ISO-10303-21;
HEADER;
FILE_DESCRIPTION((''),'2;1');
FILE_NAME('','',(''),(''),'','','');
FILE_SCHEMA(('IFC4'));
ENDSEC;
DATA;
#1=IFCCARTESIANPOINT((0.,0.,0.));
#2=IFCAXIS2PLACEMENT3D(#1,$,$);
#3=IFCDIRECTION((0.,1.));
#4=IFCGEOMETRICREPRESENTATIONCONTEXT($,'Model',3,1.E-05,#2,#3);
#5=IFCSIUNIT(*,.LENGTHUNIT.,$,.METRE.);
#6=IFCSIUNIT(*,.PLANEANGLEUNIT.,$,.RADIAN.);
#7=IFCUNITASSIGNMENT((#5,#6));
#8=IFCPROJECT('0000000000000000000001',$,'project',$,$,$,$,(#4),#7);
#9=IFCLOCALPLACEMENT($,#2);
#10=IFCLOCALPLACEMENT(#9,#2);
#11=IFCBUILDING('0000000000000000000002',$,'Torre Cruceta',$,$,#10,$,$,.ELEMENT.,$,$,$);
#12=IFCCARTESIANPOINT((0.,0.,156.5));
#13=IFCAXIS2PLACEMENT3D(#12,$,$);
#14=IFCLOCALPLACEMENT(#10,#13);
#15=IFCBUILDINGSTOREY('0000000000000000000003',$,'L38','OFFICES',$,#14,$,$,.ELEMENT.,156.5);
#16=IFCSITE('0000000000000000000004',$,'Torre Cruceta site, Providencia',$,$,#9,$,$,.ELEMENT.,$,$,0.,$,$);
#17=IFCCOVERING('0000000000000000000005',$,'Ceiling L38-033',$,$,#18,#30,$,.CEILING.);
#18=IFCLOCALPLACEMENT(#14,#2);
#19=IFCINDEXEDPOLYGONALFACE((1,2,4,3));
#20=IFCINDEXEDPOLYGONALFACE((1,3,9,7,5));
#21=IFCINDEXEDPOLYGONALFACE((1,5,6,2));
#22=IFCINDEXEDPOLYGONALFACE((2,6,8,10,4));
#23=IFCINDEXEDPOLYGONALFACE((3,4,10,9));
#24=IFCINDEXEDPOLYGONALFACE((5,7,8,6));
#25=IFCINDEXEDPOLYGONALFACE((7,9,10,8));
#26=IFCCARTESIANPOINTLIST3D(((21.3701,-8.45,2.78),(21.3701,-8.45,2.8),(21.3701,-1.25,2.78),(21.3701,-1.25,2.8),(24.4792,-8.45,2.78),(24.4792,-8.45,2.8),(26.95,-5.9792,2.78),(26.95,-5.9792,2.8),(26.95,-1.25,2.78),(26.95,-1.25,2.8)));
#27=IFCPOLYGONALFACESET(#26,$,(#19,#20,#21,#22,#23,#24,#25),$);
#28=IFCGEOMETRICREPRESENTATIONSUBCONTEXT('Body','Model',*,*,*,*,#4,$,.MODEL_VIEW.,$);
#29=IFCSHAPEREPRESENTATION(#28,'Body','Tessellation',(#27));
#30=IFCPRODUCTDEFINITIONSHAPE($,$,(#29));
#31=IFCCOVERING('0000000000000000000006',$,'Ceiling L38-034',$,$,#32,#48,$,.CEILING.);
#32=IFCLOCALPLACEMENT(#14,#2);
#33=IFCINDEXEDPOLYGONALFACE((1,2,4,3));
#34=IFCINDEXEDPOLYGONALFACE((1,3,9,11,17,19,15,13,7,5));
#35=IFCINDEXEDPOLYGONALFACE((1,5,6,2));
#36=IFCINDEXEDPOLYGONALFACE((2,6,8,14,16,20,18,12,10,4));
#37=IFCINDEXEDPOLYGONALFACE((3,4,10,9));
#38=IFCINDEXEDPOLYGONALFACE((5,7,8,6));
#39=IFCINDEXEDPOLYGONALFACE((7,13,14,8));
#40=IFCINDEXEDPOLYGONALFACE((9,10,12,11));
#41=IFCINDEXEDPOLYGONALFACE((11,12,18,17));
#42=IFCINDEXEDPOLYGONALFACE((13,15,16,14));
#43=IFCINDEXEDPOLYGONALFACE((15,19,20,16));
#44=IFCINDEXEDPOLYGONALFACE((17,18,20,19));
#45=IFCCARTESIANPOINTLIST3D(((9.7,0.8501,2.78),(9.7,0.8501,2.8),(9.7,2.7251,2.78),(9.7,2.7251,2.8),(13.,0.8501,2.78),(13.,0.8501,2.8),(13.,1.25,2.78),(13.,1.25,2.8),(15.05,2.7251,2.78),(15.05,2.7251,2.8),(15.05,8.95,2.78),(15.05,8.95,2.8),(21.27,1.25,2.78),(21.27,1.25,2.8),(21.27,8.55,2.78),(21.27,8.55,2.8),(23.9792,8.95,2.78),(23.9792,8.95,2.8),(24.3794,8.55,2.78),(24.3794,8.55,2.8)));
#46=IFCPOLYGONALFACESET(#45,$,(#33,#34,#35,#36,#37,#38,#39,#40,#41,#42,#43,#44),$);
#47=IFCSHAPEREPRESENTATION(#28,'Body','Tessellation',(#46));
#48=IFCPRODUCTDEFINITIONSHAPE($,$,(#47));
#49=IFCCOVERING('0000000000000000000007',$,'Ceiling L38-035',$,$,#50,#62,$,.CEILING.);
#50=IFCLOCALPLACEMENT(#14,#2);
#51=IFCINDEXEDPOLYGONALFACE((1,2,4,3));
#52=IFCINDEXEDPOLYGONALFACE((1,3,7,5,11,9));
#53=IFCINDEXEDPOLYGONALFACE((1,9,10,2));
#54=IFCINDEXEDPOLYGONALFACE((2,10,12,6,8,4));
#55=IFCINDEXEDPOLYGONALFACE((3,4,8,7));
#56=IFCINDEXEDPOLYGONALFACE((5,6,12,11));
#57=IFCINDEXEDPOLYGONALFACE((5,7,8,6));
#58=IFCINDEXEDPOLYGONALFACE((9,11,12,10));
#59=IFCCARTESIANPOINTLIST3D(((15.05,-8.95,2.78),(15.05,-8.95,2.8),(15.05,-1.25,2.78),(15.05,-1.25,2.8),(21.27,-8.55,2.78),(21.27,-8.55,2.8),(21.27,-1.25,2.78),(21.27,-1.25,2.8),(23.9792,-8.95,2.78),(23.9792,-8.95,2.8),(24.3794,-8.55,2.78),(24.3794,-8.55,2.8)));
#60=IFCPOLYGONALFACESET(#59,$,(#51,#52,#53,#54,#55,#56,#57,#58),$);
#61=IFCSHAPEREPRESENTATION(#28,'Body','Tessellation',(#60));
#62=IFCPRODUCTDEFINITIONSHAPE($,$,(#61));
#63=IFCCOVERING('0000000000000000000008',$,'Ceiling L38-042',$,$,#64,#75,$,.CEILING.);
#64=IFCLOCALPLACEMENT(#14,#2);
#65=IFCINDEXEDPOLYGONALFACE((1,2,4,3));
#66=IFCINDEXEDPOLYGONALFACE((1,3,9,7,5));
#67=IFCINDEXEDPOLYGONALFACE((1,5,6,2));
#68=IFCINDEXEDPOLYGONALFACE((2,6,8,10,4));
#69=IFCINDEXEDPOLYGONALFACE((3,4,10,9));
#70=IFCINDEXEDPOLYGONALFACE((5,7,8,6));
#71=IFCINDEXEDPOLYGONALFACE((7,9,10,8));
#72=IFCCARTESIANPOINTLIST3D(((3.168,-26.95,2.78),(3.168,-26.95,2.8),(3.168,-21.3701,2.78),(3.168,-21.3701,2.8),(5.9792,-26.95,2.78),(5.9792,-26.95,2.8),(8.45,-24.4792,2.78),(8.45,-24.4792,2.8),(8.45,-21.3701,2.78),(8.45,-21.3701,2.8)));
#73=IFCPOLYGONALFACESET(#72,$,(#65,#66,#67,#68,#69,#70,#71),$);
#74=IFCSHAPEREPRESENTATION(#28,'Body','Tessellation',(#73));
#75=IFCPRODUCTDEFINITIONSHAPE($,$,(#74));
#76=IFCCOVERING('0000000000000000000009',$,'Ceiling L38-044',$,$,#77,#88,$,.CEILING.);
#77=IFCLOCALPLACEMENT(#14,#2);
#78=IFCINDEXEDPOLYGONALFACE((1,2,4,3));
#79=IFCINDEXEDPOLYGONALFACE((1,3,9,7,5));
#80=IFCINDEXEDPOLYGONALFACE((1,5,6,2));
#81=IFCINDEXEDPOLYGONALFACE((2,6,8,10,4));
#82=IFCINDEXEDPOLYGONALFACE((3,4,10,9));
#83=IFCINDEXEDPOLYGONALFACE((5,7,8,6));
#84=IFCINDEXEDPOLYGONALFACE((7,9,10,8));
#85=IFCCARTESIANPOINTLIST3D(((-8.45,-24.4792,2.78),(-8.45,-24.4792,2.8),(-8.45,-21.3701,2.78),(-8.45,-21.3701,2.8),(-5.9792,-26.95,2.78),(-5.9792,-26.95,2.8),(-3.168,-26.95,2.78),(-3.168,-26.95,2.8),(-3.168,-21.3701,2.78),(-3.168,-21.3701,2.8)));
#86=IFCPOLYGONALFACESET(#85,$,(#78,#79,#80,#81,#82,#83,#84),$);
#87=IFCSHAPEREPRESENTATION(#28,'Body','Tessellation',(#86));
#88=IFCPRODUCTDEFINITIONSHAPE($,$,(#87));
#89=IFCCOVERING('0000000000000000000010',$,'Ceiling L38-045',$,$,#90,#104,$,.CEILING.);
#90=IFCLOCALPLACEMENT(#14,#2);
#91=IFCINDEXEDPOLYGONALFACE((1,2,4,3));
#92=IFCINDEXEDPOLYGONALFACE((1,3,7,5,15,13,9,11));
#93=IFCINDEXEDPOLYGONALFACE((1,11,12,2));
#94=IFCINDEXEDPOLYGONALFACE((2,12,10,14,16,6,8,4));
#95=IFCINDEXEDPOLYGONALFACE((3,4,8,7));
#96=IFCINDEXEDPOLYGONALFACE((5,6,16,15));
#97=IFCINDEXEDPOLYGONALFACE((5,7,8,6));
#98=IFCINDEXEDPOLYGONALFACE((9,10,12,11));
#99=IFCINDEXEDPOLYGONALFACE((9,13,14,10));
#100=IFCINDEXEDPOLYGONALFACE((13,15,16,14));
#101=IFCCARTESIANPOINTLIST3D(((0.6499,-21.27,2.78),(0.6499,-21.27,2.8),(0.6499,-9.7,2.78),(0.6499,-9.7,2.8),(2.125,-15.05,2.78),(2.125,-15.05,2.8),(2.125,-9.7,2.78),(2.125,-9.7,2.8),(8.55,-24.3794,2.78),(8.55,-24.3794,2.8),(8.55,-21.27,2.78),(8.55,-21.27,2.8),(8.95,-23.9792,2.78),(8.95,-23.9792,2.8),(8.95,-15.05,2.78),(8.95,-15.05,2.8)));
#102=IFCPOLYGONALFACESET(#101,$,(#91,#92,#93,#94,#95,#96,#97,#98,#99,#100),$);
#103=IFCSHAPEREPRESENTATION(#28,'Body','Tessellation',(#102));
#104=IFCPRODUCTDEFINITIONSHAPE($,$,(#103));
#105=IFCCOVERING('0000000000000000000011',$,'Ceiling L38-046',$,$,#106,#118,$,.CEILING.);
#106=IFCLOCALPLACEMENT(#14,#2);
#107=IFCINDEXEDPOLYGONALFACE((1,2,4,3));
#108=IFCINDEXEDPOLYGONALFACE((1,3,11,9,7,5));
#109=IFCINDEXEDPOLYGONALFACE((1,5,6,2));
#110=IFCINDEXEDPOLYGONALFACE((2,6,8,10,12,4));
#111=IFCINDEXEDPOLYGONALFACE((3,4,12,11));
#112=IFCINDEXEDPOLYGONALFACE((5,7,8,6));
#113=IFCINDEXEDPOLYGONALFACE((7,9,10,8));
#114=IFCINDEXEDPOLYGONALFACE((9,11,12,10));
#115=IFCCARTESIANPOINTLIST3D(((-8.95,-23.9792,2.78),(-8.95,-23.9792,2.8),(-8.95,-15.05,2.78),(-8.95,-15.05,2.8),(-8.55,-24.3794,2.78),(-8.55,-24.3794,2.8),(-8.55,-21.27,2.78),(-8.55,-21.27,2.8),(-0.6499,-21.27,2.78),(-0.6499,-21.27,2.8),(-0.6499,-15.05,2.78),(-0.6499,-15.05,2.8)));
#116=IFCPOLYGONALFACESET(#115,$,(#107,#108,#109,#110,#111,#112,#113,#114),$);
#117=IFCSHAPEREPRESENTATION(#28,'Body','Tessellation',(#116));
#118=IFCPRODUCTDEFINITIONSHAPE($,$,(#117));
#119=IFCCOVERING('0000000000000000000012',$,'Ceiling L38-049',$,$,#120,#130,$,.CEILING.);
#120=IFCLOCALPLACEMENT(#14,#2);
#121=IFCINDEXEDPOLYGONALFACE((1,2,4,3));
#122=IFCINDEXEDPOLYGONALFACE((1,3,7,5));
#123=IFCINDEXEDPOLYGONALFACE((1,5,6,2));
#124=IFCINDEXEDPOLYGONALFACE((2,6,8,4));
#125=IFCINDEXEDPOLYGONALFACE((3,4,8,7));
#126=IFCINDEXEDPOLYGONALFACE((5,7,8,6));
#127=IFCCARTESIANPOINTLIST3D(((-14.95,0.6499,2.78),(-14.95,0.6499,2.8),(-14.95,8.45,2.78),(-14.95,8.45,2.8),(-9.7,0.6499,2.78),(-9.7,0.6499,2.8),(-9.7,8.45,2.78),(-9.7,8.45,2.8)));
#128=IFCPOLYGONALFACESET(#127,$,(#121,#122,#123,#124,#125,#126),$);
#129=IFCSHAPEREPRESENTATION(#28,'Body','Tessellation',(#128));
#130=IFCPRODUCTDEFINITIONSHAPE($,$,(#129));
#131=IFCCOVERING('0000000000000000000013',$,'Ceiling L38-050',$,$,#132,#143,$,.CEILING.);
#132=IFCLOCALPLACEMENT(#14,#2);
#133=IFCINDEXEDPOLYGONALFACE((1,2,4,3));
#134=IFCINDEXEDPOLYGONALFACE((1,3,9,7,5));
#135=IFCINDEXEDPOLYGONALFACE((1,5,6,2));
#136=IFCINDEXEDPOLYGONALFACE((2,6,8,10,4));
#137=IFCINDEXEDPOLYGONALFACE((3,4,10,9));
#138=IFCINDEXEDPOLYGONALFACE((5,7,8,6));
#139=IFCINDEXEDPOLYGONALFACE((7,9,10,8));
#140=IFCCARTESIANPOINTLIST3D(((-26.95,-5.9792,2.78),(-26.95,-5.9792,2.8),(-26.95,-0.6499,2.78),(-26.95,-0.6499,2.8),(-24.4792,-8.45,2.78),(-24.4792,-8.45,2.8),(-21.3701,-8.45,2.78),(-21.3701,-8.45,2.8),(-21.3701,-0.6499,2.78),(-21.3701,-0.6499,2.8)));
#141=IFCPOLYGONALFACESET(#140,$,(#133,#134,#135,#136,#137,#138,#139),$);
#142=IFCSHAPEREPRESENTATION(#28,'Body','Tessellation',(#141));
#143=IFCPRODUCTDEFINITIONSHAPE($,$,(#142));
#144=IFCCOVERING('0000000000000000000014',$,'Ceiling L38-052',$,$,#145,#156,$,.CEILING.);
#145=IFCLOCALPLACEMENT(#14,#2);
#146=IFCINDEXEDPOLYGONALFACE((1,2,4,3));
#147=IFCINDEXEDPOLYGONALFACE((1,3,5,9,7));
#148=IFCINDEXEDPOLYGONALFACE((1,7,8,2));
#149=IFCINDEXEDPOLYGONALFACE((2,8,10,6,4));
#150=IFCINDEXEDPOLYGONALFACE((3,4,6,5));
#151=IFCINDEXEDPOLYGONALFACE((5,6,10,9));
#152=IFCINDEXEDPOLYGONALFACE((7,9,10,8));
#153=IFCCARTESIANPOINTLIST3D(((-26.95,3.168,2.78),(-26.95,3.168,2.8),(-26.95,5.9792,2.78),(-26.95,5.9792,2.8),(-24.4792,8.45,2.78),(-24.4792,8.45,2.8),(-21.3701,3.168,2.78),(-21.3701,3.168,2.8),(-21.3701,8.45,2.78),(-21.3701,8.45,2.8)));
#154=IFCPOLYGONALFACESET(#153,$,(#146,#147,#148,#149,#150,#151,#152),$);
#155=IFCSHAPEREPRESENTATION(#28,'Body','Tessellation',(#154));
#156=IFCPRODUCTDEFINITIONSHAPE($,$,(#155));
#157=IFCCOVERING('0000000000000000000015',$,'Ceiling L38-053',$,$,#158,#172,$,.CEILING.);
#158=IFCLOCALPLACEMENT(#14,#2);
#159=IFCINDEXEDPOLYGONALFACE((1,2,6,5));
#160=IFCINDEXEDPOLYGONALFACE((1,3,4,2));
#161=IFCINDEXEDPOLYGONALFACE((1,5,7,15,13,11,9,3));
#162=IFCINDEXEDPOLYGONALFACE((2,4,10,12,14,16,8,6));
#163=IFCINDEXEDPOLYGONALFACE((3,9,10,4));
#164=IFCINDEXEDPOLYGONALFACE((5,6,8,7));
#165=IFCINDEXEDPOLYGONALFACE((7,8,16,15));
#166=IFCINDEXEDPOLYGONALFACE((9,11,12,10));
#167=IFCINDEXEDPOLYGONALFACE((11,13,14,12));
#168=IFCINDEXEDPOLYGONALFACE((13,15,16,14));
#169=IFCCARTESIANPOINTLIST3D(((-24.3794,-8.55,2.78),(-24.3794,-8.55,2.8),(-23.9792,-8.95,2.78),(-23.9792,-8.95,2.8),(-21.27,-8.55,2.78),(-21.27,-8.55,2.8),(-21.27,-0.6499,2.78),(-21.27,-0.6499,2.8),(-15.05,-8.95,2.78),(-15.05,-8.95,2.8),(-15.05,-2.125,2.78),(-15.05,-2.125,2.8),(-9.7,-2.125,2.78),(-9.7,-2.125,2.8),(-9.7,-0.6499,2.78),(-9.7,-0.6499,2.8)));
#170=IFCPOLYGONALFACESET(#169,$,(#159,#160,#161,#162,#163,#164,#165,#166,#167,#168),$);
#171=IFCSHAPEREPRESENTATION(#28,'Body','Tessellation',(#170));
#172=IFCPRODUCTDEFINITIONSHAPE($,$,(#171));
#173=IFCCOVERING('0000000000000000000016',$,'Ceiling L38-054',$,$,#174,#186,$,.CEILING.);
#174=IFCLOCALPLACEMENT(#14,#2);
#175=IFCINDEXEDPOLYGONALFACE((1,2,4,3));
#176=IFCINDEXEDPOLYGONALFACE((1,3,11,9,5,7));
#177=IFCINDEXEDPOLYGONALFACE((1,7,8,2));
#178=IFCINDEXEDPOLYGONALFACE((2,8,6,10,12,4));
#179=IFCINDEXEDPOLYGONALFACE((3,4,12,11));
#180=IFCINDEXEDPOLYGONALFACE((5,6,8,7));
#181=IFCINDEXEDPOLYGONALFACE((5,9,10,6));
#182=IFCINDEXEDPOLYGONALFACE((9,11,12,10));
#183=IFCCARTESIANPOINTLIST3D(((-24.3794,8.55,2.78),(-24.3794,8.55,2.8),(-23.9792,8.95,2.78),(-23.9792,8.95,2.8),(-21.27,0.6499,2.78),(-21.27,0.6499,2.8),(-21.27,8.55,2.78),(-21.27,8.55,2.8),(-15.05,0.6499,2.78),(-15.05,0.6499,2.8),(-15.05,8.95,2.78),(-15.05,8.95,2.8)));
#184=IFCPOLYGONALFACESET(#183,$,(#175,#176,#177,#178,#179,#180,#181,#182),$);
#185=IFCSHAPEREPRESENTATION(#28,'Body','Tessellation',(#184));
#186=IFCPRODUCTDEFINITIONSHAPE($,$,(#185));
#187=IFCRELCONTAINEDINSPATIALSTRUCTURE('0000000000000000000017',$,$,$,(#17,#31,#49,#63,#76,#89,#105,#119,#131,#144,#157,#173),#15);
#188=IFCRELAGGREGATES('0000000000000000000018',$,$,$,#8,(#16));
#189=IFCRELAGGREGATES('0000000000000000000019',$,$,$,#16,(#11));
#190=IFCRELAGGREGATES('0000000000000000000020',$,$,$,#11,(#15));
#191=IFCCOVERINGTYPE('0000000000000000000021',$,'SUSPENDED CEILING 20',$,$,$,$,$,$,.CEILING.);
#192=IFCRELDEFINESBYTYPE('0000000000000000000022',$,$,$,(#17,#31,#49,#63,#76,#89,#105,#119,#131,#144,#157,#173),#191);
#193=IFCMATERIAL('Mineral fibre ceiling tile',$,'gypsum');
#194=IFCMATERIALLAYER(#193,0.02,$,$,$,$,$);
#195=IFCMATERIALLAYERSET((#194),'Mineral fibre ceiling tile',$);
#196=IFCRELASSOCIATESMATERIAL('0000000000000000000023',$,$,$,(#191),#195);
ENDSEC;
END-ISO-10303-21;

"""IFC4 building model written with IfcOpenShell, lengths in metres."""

from ifc_helpers import new_model, si_unit, direction, frame, origin, place, context, subcontext, project, spatial, polyline, outline, extrude, material, layer, layer_set, type_object, element, save


model = new_model("IFC4")

# Units and contexts
model_context = context("Model", 3, precision=1e-05, world=origin(), true_north=direction((0.0, 1.0)))
body_context = subcontext(model_context, "Body", "Model", "MODEL_VIEW")
ifc_project = project(units=[si_unit("LENGTHUNIT", "METRE"), si_unit("PLANEANGLEUNIT", "RADIAN")], contexts=[model_context])

# Site, building, storey
site_placement = place(None, origin())
site = spatial("IfcSite", under=ifc_project, at=site_placement, Name="Torre Cruceta site, Providencia", CompositionType="ELEMENT", RefElevation=0.0)
building_placement = place(site_placement, origin())
building = spatial("IfcBuilding", under=site, at=building_placement, Name="Torre Cruceta", CompositionType="ELEMENT")
storey_placement = place(building_placement, frame((0.0, 0.0, 156.5)))
storey = spatial("IfcBuildingStorey", under=building, at=storey_placement, Name="L38", Description="OFFICES", CompositionType="ELEMENT", Elevation=156.5)

# Coverings
ifc_material_1 = material(Name="Mineral fibre ceiling tile", Category="gypsum")
ifc_layer = layer(ifc_material_1, 0.02)
ifc_layer_set = layer_set([ifc_layer], Name="Mineral fibre ceiling tile")
covering_type_1 = type_object("IfcCoveringType", Name="SUSPENDED CEILING 20", PredefinedType="CEILING", material=ifc_layer_set)
covering_1_placement = place(storey_placement, frame((0.0, 0.0, 2.78)))
element("IfcCovering", 1, at=covering_1_placement, inside=storey, type_object=covering_type_1, Name="Ceiling L38-033", PredefinedType="CEILING", context=body_context, shape_type="SweptSolid", body=[
    extrude(outline(polyline([(24.4792, -8.45), (21.3701, -8.45), (21.3701, -1.25), (26.95, -1.25), (26.95, -5.9792), (24.4792, -8.45)])), origin(), (0.0, 0.0, 1.0), 0.02),
])
covering_2_placement = place(storey_placement, frame((0.0, 0.0, 2.78)))
element("IfcCovering", 2, at=covering_2_placement, inside=storey, type_object=covering_type_1, Name="Ceiling L38-034", PredefinedType="CEILING", context=body_context, shape_type="SweptSolid", body=[
    extrude(outline(polyline([(9.7, 2.7251), (15.05, 2.7251), (15.05, 8.95), (23.9792, 8.95), (24.3794, 8.55), (21.27, 8.55), (21.27, 1.25), (13.0, 1.25), (13.0, 0.8501), (9.7, 0.8501), (9.7, 2.7251)])), origin(), (0.0, 0.0, 1.0), 0.02),
])
covering_3_placement = place(storey_placement, frame((0.0, 0.0, 2.78)))
element("IfcCovering", 3, at=covering_3_placement, inside=storey, type_object=covering_type_1, Name="Ceiling L38-035", PredefinedType="CEILING", context=body_context, shape_type="SweptSolid", body=[
    extrude(outline(polyline([(15.05, -8.95), (15.05, -1.25), (21.27, -1.25), (21.27, -8.55), (24.3794, -8.55), (23.9792, -8.95), (15.05, -8.95)])), origin(), (0.0, 0.0, 1.0), 0.02),
])
covering_4_placement = place(storey_placement, frame((0.0, 0.0, 2.78)))
element("IfcCovering", 4, at=covering_4_placement, inside=storey, type_object=covering_type_1, Name="Ceiling L38-042", PredefinedType="CEILING", context=body_context, shape_type="SweptSolid", body=[
    extrude(outline(polyline([(3.168, -26.95), (3.168, -21.3701), (8.45, -21.3701), (8.45, -24.4792), (5.9792, -26.95), (3.168, -26.95)])), origin(), (0.0, 0.0, 1.0), 0.02),
])
covering_5_placement = place(storey_placement, frame((0.0, 0.0, 2.78)))
element("IfcCovering", 5, at=covering_5_placement, inside=storey, type_object=covering_type_1, Name="Ceiling L38-044", PredefinedType="CEILING", context=body_context, shape_type="SweptSolid", body=[
    extrude(outline(polyline([(-8.45, -24.4792), (-8.45, -21.3701), (-3.168, -21.3701), (-3.168, -26.95), (-5.9792, -26.95), (-8.45, -24.4792)])), origin(), (0.0, 0.0, 1.0), 0.02),
])
covering_6_placement = place(storey_placement, frame((0.0, 0.0, 2.78)))
element("IfcCovering", 6, at=covering_6_placement, inside=storey, type_object=covering_type_1, Name="Ceiling L38-045", PredefinedType="CEILING", context=body_context, shape_type="SweptSolid", body=[
    extrude(outline(polyline([(2.125, -9.7), (2.125, -15.05), (8.95, -15.05), (8.95, -23.9792), (8.55, -24.3794), (8.55, -21.27), (0.6499, -21.27), (0.6499, -9.7), (2.125, -9.7)])), origin(), (0.0, 0.0, 1.0), 0.02),
])
covering_7_placement = place(storey_placement, frame((0.0, 0.0, 2.78)))
element("IfcCovering", 7, at=covering_7_placement, inside=storey, type_object=covering_type_1, Name="Ceiling L38-046", PredefinedType="CEILING", context=body_context, shape_type="SweptSolid", body=[
    extrude(outline(polyline([(-8.95, -15.05), (-0.6499, -15.05), (-0.6499, -21.27), (-8.55, -21.27), (-8.55, -24.3794), (-8.95, -23.9792), (-8.95, -15.05)])), origin(), (0.0, 0.0, 1.0), 0.02),
])
covering_8_placement = place(storey_placement, frame((0.0, 0.0, 2.78)))
element("IfcCovering", 8, at=covering_8_placement, inside=storey, type_object=covering_type_1, Name="Ceiling L38-049", PredefinedType="CEILING", context=body_context, shape_type="SweptSolid", body=[
    extrude(outline(polyline([(-9.7, 8.45), (-9.7, 0.6499), (-14.95, 0.6499), (-14.95, 8.45), (-9.7, 8.45)])), origin(), (0.0, 0.0, 1.0), 0.02),
])
covering_9_placement = place(storey_placement, frame((0.0, 0.0, 2.78)))
element("IfcCovering", 9, at=covering_9_placement, inside=storey, type_object=covering_type_1, Name="Ceiling L38-050", PredefinedType="CEILING", context=body_context, shape_type="SweptSolid", body=[
    extrude(outline(polyline([(-26.95, -0.6499), (-21.3701, -0.6499), (-21.3701, -8.45), (-24.4792, -8.45), (-26.95, -5.9792), (-26.95, -0.6499)])), origin(), (0.0, 0.0, 1.0), 0.02),
])
covering_10_placement = place(storey_placement, frame((0.0, 0.0, 2.78)))
element("IfcCovering", 10, at=covering_10_placement, inside=storey, type_object=covering_type_1, Name="Ceiling L38-052", PredefinedType="CEILING", context=body_context, shape_type="SweptSolid", body=[
    extrude(outline(polyline([(-24.4792, 8.45), (-21.3701, 8.45), (-21.3701, 3.168), (-26.95, 3.168), (-26.95, 5.9792), (-24.4792, 8.45)])), origin(), (0.0, 0.0, 1.0), 0.02),
])
covering_11_placement = place(storey_placement, frame((0.0, 0.0, 2.78)))
element("IfcCovering", 11, at=covering_11_placement, inside=storey, type_object=covering_type_1, Name="Ceiling L38-053", PredefinedType="CEILING", context=body_context, shape_type="SweptSolid", body=[
    extrude(outline(polyline([(-9.7, -2.125), (-15.05, -2.125), (-15.05, -8.95), (-23.9792, -8.95), (-24.3794, -8.55), (-21.27, -8.55), (-21.27, -0.6499), (-9.7, -0.6499), (-9.7, -2.125)])), origin(), (0.0, 0.0, 1.0), 0.02),
])
covering_12_placement = place(storey_placement, frame((0.0, 0.0, 2.78)))
element("IfcCovering", 12, at=covering_12_placement, inside=storey, type_object=covering_type_1, Name="Ceiling L38-054", PredefinedType="CEILING", context=body_context, shape_type="SweptSolid", body=[
    extrude(outline(polyline([(-15.05, 8.95), (-15.05, 0.6499), (-21.27, 0.6499), (-21.27, 8.55), (-24.3794, 8.55), (-23.9792, 8.95), (-15.05, 8.95)])), origin(), (0.0, 0.0, 1.0), 0.02),
])

save(model, "model.ifc")
